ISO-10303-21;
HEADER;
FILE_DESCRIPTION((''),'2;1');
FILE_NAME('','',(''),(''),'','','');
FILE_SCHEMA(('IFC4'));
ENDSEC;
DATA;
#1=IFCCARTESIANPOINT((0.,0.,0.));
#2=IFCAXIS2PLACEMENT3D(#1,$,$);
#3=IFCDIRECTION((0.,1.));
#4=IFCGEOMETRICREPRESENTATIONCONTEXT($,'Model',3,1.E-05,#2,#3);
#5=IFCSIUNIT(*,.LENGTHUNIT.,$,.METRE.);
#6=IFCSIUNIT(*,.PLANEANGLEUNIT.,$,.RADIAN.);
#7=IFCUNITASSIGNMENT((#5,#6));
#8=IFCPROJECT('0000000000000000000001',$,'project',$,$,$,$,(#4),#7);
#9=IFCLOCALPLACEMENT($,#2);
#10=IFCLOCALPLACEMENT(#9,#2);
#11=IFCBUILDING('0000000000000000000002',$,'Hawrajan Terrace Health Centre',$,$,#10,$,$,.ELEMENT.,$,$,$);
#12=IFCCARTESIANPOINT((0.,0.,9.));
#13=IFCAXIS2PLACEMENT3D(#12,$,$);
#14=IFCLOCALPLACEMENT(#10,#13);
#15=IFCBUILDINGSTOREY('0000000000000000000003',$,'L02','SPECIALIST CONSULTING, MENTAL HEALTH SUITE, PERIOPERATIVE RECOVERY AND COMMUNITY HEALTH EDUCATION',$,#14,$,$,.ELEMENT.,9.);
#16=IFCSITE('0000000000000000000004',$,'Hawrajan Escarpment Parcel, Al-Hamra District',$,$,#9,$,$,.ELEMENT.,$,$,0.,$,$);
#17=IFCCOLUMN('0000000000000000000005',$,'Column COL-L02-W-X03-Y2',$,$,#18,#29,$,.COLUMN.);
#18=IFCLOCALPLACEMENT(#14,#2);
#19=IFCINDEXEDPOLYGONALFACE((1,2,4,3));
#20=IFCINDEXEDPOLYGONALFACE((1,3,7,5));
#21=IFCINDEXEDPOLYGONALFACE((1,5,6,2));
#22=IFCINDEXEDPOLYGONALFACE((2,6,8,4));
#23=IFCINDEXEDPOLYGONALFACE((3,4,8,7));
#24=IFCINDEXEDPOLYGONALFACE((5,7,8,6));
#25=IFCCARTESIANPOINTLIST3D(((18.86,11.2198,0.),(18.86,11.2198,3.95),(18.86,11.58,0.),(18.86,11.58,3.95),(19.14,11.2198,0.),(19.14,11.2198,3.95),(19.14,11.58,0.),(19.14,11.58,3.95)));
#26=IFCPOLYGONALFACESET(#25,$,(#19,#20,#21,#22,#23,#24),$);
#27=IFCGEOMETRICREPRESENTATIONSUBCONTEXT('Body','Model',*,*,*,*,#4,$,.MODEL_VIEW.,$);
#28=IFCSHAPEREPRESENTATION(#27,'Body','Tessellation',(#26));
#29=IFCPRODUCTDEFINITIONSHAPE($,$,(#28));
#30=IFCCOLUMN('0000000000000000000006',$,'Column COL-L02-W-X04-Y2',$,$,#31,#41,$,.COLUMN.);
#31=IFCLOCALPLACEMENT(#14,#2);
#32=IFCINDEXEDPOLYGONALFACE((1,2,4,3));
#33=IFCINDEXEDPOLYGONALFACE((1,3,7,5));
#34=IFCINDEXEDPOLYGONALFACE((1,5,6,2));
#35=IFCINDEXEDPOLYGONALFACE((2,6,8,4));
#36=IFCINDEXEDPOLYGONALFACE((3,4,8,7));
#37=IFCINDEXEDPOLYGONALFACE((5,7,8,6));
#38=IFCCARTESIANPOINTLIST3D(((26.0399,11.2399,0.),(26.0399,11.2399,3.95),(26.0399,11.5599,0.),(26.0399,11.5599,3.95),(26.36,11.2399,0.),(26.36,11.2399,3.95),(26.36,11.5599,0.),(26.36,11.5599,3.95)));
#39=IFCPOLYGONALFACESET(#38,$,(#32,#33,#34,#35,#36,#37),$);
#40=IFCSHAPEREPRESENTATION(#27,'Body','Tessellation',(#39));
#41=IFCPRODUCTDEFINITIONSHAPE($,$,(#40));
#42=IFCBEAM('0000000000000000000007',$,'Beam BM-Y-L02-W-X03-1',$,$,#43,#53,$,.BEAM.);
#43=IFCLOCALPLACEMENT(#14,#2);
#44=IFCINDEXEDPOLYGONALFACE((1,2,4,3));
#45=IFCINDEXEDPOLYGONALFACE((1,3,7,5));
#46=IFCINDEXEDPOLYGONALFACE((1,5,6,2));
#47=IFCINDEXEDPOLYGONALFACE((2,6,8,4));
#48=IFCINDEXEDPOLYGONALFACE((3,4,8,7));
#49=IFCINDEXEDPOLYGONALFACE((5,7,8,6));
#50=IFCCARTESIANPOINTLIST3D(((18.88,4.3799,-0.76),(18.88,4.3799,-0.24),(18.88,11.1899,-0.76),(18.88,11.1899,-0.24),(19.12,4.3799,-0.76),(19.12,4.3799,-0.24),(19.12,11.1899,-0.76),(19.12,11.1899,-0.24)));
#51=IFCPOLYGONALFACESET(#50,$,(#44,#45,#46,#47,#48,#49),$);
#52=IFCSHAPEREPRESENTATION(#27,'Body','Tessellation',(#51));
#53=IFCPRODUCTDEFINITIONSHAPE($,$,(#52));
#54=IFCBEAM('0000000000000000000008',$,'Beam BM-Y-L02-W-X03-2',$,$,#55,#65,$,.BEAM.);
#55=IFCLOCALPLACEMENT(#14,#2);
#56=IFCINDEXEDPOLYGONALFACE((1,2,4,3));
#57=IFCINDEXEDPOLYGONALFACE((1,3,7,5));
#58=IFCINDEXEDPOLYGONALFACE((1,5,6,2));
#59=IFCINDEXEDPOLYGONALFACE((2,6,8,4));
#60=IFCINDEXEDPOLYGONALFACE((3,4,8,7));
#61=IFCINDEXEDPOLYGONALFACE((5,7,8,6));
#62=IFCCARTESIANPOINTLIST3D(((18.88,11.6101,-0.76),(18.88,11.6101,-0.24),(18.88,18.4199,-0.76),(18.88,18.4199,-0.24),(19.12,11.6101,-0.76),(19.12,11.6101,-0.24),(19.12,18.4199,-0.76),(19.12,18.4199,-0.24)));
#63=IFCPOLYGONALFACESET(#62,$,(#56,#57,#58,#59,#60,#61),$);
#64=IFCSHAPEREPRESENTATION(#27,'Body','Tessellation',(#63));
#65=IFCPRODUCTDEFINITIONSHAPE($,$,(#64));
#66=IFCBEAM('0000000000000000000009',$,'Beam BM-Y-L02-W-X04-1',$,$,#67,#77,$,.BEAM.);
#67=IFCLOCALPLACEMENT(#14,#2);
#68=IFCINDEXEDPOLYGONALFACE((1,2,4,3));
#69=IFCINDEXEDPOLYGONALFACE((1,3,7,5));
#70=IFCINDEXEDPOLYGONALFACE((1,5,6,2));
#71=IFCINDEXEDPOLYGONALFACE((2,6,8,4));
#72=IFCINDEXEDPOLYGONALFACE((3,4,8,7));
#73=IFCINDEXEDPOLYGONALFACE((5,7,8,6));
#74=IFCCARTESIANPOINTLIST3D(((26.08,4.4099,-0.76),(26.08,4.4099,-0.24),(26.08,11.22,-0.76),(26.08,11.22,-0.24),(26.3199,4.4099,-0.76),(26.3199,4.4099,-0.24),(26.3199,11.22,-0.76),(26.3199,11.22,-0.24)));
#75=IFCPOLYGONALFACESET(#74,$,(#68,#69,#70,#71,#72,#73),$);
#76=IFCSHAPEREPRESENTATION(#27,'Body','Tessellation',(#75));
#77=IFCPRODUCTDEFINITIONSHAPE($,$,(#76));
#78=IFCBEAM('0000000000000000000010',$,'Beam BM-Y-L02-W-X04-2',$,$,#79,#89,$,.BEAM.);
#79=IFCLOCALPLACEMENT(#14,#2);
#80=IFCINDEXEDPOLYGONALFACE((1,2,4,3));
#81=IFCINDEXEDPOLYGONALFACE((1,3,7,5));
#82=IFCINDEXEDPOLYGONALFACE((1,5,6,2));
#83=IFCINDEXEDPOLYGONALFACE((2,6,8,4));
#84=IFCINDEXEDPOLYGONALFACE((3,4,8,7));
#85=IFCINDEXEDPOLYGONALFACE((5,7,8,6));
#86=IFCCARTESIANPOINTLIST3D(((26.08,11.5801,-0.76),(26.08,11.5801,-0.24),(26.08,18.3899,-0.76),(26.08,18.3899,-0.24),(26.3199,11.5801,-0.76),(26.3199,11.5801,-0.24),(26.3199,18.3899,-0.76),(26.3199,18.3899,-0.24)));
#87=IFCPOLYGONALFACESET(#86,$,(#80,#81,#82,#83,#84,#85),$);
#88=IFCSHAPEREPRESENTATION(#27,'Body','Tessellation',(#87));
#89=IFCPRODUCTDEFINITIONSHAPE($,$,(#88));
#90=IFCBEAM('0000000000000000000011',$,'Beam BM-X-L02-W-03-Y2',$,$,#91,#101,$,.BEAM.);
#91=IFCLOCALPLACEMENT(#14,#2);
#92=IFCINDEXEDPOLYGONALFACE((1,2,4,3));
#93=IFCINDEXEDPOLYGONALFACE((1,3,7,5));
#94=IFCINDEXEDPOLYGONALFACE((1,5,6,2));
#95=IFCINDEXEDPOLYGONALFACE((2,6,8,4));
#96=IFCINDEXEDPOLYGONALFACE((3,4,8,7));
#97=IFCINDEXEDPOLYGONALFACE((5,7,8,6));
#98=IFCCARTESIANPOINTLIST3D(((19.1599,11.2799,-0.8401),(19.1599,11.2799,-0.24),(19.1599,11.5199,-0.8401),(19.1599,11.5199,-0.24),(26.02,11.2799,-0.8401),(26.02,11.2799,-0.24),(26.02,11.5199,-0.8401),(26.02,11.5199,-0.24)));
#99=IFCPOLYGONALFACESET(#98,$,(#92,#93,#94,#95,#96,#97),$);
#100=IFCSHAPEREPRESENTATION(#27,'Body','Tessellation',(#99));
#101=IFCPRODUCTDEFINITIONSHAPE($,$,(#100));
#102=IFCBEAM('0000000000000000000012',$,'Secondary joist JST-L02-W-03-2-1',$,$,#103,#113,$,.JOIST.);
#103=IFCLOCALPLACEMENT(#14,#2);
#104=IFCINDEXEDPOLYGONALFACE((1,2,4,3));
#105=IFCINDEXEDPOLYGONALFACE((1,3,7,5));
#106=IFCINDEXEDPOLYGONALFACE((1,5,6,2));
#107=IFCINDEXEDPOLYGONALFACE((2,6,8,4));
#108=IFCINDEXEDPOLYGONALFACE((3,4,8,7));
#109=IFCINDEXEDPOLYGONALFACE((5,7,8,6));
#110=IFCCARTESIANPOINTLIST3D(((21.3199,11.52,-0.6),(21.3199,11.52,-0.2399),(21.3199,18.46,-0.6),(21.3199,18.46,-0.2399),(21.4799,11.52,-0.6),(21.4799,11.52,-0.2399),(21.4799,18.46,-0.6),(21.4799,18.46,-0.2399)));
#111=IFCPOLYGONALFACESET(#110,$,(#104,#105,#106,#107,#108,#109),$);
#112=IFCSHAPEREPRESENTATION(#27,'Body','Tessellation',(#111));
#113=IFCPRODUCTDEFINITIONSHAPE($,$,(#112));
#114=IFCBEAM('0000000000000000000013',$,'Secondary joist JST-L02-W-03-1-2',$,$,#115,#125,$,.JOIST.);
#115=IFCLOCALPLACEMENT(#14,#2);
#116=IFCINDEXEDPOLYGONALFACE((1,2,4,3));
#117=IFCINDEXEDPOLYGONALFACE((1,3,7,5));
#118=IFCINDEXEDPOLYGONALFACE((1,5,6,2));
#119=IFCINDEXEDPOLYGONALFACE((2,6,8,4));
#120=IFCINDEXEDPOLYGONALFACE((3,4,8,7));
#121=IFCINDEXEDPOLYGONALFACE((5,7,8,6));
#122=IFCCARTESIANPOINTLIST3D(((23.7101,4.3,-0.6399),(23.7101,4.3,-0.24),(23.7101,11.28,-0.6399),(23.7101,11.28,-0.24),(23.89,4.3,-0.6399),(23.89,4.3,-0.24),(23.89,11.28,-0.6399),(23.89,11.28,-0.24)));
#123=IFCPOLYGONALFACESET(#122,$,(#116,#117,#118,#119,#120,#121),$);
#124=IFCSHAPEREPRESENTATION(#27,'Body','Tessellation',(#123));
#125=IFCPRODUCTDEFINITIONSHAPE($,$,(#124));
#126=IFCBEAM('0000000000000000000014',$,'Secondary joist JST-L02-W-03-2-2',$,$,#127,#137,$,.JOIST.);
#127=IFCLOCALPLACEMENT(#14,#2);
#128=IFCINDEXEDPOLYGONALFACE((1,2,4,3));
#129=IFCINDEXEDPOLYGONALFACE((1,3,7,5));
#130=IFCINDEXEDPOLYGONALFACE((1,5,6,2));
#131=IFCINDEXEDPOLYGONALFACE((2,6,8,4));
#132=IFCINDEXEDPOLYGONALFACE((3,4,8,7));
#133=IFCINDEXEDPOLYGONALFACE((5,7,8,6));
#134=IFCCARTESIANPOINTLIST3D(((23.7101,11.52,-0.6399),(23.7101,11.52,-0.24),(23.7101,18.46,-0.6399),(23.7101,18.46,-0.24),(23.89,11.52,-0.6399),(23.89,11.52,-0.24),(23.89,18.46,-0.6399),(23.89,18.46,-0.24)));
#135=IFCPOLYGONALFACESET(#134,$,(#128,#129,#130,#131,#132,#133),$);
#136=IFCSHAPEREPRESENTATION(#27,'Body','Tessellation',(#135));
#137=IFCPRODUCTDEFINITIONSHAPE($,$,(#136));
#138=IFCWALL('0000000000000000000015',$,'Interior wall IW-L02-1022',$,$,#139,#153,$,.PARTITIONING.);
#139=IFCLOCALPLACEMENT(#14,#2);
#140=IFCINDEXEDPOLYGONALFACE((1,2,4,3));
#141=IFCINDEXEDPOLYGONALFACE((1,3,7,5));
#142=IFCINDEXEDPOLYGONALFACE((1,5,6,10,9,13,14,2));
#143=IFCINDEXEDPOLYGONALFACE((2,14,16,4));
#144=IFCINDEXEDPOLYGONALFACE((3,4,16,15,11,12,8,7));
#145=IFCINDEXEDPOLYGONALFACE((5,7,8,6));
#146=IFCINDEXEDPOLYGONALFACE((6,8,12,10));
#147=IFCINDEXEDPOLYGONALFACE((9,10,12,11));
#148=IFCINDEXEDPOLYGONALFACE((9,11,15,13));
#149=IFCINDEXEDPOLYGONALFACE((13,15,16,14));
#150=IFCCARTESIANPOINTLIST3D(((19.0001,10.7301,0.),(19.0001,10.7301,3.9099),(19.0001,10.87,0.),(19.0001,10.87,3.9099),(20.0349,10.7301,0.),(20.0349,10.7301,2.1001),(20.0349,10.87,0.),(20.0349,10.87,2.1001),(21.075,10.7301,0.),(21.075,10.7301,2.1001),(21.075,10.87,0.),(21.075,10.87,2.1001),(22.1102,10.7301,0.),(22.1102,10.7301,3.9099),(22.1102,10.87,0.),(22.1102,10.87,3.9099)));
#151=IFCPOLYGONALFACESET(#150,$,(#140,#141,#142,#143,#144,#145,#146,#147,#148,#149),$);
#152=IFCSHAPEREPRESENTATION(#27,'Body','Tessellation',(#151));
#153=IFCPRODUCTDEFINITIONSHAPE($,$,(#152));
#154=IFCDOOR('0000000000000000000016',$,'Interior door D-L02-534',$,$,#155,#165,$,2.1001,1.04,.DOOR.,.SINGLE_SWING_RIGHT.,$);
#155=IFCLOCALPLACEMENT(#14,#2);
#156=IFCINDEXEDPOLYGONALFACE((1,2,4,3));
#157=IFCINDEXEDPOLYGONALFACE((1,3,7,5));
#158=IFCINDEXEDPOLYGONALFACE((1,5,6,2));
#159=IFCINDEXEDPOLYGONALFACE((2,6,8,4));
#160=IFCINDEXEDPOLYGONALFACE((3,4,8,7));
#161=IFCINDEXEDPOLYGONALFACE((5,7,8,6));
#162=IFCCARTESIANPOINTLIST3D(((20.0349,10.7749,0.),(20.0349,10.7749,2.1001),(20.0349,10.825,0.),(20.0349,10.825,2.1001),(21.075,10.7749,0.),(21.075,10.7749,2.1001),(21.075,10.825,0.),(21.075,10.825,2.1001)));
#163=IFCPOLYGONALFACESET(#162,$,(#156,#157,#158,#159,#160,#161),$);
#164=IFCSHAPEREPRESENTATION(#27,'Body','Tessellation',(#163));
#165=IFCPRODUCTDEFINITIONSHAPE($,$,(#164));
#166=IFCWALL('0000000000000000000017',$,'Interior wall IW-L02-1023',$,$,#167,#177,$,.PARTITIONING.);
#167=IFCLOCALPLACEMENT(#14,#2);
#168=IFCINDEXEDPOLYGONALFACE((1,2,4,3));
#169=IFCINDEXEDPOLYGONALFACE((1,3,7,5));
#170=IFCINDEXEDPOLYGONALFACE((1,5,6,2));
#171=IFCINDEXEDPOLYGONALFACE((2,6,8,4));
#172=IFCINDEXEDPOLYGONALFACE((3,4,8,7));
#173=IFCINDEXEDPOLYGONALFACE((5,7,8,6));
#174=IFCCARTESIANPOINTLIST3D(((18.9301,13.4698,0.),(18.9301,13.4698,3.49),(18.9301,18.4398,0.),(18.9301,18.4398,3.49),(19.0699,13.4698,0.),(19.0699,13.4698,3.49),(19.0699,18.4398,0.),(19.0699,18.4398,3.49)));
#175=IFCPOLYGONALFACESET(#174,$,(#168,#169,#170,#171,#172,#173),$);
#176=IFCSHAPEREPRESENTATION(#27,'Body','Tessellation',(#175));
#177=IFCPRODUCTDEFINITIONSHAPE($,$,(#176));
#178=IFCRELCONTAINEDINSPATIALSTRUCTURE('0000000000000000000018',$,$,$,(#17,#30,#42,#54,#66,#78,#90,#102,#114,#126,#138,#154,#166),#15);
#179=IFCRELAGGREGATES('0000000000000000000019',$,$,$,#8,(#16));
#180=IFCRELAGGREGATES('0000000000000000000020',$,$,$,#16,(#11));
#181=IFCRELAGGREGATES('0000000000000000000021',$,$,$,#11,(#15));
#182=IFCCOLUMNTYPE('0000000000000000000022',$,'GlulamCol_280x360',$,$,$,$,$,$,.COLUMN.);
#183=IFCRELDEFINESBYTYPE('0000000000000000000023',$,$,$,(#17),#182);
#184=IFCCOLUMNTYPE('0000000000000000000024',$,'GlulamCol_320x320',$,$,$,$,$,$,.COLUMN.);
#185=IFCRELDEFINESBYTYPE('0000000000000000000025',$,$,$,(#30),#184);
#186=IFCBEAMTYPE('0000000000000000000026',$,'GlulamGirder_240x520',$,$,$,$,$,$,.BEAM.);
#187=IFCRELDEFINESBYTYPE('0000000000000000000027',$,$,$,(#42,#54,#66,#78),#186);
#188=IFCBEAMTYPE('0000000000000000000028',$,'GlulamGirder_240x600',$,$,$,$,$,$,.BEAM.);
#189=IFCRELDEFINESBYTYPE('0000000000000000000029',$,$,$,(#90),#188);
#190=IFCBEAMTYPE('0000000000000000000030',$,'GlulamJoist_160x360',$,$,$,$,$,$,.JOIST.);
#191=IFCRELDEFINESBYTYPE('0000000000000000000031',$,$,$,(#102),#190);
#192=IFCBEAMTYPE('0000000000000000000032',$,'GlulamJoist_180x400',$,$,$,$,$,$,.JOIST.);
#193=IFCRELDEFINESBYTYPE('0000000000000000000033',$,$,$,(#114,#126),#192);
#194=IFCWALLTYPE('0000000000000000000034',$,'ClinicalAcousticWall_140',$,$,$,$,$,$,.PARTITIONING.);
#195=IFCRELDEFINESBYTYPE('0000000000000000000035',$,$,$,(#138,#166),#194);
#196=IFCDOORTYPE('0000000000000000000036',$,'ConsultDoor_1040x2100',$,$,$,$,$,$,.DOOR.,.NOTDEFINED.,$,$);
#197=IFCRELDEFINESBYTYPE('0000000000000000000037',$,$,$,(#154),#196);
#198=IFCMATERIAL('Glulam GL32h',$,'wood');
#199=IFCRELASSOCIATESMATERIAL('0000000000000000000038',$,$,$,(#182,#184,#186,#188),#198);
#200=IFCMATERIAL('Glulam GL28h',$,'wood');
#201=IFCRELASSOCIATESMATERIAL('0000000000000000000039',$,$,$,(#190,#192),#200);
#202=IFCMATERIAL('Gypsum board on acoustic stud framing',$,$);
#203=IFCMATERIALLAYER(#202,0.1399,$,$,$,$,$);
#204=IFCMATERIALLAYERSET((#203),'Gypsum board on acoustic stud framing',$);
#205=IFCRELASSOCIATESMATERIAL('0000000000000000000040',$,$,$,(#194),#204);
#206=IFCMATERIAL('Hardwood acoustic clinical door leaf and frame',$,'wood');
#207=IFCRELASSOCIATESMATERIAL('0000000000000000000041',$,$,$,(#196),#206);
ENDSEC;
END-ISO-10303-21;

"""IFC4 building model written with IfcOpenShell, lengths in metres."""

from ifc_helpers import new_model, si_unit, direction, frame, frame_2d, origin, origin_2d, place, context, subcontext, project, spatial, rectangle, extrude, material, layer, layer_set, material_profile, profile_set, type_object, element, fill, save


model = new_model("IFC4")

# Units and contexts
model_context = context("Model", 3, precision=1e-05, world=origin(), true_north=direction((0.0, 1.0)))
body_context = subcontext(model_context, "Body", "Model", "MODEL_VIEW")
ifc_project = project(units=[si_unit("LENGTHUNIT", "METRE"), si_unit("PLANEANGLEUNIT", "RADIAN")], contexts=[model_context])

# Site, building, storey
site_placement = place(None, origin())
site = spatial("IfcSite", under=ifc_project, at=site_placement, Name="Hawrajan Escarpment Parcel, Al-Hamra District", CompositionType="ELEMENT", RefElevation=0.0)
building_placement = place(site_placement, origin())
building = spatial("IfcBuilding", under=site, at=building_placement, Name="Hawrajan Terrace Health Centre", CompositionType="ELEMENT")
storey_placement = place(building_placement, frame((0.0, 0.0, 9.0)))
storey = spatial("IfcBuildingStorey", under=building, at=storey_placement, Name="L02", Description="SPECIALIST CONSULTING, MENTAL HEALTH SUITE, PERIOPERATIVE RECOVERY AND COMMUNITY HEALTH EDUCATION", CompositionType="ELEMENT", Elevation=9.0)

# Columns
ifc_material_1 = material(Name="Glulam GL32h", Category="wood")
ifc_material_profile_1 = material_profile(ifc_material_1, rectangle(XDim=0.28, YDim=0.3601, at=origin_2d()), Name="GL 280x360")
ifc_profile_set_1 = profile_set([ifc_material_profile_1], Name="Glulam GL32h")
column_type_1 = type_object("IfcColumnType", Name="GlulamCol_280x360", PredefinedType="COLUMN", material=ifc_profile_set_1)
column_1_placement = place(storey_placement, frame((19.0, 11.3999, 0.0), z_axis=(0.0, 0.0, 1.0), x_axis=(1.0, 0.0, 0.0)))
element("IfcColumn", 1, at=column_1_placement, inside=storey, type_object=column_type_1, Name="Column COL-L02-W-X03-Y2", PredefinedType="COLUMN", context=body_context, shape_type="SweptSolid", body=[
    extrude(rectangle(XDim=0.28, YDim=0.3601, at=origin_2d()), origin(), (0.0, 0.0, 1.0), 3.95),
])
ifc_material_profile_2 = material_profile(ifc_material_1, rectangle(XDim=0.3201, YDim=0.3201, at=origin_2d()), Name="GL 320x320")
ifc_profile_set_2 = profile_set([ifc_material_profile_2], Name="Glulam GL32h")
column_type_2 = type_object("IfcColumnType", Name="GlulamCol_320x320", PredefinedType="COLUMN", material=ifc_profile_set_2)
column_2_placement = place(storey_placement, frame((26.2, 11.3999, 0.0), z_axis=(0.0, 0.0, 1.0), x_axis=(1.0, 0.0, 0.0)))
element("IfcColumn", 2, at=column_2_placement, inside=storey, type_object=column_type_2, Name="Column COL-L02-W-X04-Y2", PredefinedType="COLUMN", context=body_context, shape_type="SweptSolid", body=[
    extrude(rectangle(XDim=0.3201, YDim=0.3201, at=origin_2d()), origin(), (0.0, 0.0, 1.0), 3.95),
])

# Beams
ifc_material_profile_3 = material_profile(ifc_material_1, rectangle(XDim=0.24, YDim=0.52, at=origin_2d()), Name="GL BM 240x520")
ifc_profile_set_3 = profile_set([ifc_material_profile_3], Name="Glulam GL32h")
beam_type_1 = type_object("IfcBeamType", Name="GlulamGirder_240x520", PredefinedType="BEAM", material=ifc_profile_set_3)
beam_1_placement = place(storey_placement, frame((19.0, 4.3799, -0.5), z_axis=(0.0, 1.0, 0.0), x_axis=(-1.0, 0.0, 0.0)))
element("IfcBeam", 3, at=beam_1_placement, inside=storey, type_object=beam_type_1, Name="Beam BM-Y-L02-W-X03-1", PredefinedType="BEAM", context=body_context, shape_type="SweptSolid", body=[
    extrude(rectangle(XDim=0.24, YDim=0.52, at=origin_2d()), origin(), (0.0, 0.0, 1.0), 6.8101),
])
beam_2_placement = place(storey_placement, frame((19.0, 11.6101, -0.5), z_axis=(0.0, 1.0, 0.0), x_axis=(-1.0, 0.0, 0.0)))
element("IfcBeam", 4, at=beam_2_placement, inside=storey, type_object=beam_type_1, Name="Beam BM-Y-L02-W-X03-2", PredefinedType="BEAM", context=body_context, shape_type="SweptSolid", body=[
    extrude(rectangle(XDim=0.24, YDim=0.52, at=origin_2d()), origin(), (0.0, 0.0, 1.0), 6.8098),
])
beam_3_placement = place(storey_placement, frame((26.2, 4.4099, -0.5), z_axis=(0.0, 1.0, 0.0), x_axis=(-1.0, 0.0, 0.0)))
element("IfcBeam", 5, at=beam_3_placement, inside=storey, type_object=beam_type_1, Name="Beam BM-Y-L02-W-X04-1", PredefinedType="BEAM", context=body_context, shape_type="SweptSolid", body=[
    extrude(rectangle(XDim=0.24, YDim=0.52, at=origin_2d()), origin(), (0.0, 0.0, 1.0), 6.8101),
])
beam_4_placement = place(storey_placement, frame((26.2, 11.5801, -0.5), z_axis=(0.0, 1.0, 0.0), x_axis=(-1.0, 0.0, 0.0)))
element("IfcBeam", 6, at=beam_4_placement, inside=storey, type_object=beam_type_1, Name="Beam BM-Y-L02-W-X04-2", PredefinedType="BEAM", context=body_context, shape_type="SweptSolid", body=[
    extrude(rectangle(XDim=0.24, YDim=0.52, at=origin_2d()), origin(), (0.0, 0.0, 1.0), 6.8098),
])
ifc_material_profile_4 = material_profile(ifc_material_1, rectangle(XDim=0.24, YDim=0.6001, at=origin_2d()), Name="GL BM 240x600")
ifc_profile_set_4 = profile_set([ifc_material_profile_4], Name="Glulam GL32h")
beam_type_2 = type_object("IfcBeamType", Name="GlulamGirder_240x600", PredefinedType="BEAM", material=ifc_profile_set_4)
beam_5_placement = place(storey_placement, frame((19.1599, 11.3999, -0.54), z_axis=(1.0, 0.0, 0.0), x_axis=(0.0, 1.0, 0.0)))
element("IfcBeam", 7, at=beam_5_placement, inside=storey, type_object=beam_type_2, Name="Beam BM-X-L02-W-03-Y2", PredefinedType="BEAM", context=body_context, shape_type="SweptSolid", body=[
    extrude(rectangle(XDim=0.24, YDim=0.6001, at=origin_2d()), origin(), (0.0, 0.0, 1.0), 6.8601),
])
ifc_material_2 = material(Name="Glulam GL28h", Category="wood")
ifc_material_profile_5 = material_profile(ifc_material_2, rectangle(XDim=0.1599, YDim=0.3601, at=origin_2d()), Name="GL JST 160x360")
ifc_profile_set_5 = profile_set([ifc_material_profile_5], Name="Glulam GL28h")
beam_type_3 = type_object("IfcBeamType", Name="GlulamJoist_160x360", PredefinedType="JOIST", material=ifc_profile_set_5)
beam_6_placement = place(storey_placement, frame((21.3999, 11.52, -0.4199), z_axis=(0.0, 1.0, 0.0), x_axis=(-1.0, 0.0, 0.0)))
element("IfcBeam", 8, at=beam_6_placement, inside=storey, type_object=beam_type_3, Name="Secondary joist JST-L02-W-03-2-1", PredefinedType="JOIST", context=body_context, shape_type="SweptSolid", body=[
    extrude(rectangle(XDim=0.1599, YDim=0.3601, at=origin_2d()), origin(), (0.0, 0.0, 1.0), 6.9399),
])
ifc_material_profile_6 = material_profile(ifc_material_2, rectangle(XDim=0.1799, YDim=0.3999, at=origin_2d()), Name="GL JST 180x400")
ifc_profile_set_6 = profile_set([ifc_material_profile_6], Name="Glulam GL28h")
beam_type_4 = type_object("IfcBeamType", Name="GlulamJoist_180x400", PredefinedType="JOIST", material=ifc_profile_set_6)
beam_7_placement = place(storey_placement, frame((23.8, 4.3, -0.4399), z_axis=(0.0, 1.0, 0.0), x_axis=(-1.0, 0.0, 0.0)))
element("IfcBeam", 9, at=beam_7_placement, inside=storey, type_object=beam_type_4, Name="Secondary joist JST-L02-W-03-1-2", PredefinedType="JOIST", context=body_context, shape_type="SweptSolid", body=[
    extrude(rectangle(XDim=0.1799, YDim=0.3999, at=origin_2d()), origin(), (0.0, 0.0, 1.0), 6.98),
])
beam_8_placement = place(storey_placement, frame((23.8, 11.52, -0.4399), z_axis=(0.0, 1.0, 0.0), x_axis=(-1.0, 0.0, 0.0)))
element("IfcBeam", 10, at=beam_8_placement, inside=storey, type_object=beam_type_4, Name="Secondary joist JST-L02-W-03-2-2", PredefinedType="JOIST", context=body_context, shape_type="SweptSolid", body=[
    extrude(rectangle(XDim=0.1799, YDim=0.3999, at=origin_2d()), origin(), (0.0, 0.0, 1.0), 6.9399),
])

# Wall, opening, door
ifc_material_3 = material(Name="Gypsum board on acoustic stud framing")
ifc_layer_1 = layer(ifc_material_3, 0.1399)
ifc_layer_set_1 = layer_set([ifc_layer_1], Name="Gypsum board on acoustic stud framing")
wall_type_1 = type_object("IfcWallType", Name="ClinicalAcousticWall_140", PredefinedType="PARTITIONING", material=ifc_layer_set_1)
wall_1_placement = place(storey_placement, frame((19.0, 10.8, 0.0), z_axis=(0.0, 0.0, 1.0), x_axis=(1.0, 0.0, 0.0)))
wall_1 = element("IfcWall", 11, at=wall_1_placement, inside=storey, type_object=wall_type_1, Name="Interior wall IW-L02-1022", PredefinedType="PARTITIONING", context=body_context, shape_type="SweptSolid", body=[
    extrude(rectangle(XDim=3.1101, YDim=0.1399, at=frame_2d((1.5552, 0.0))), origin(), (0.0, 0.0, 1.0), 3.9099),
])
opening_1_placement = place(wall_1_placement, frame((1.0349, 0.0, 0.0)))
opening_1 = element("IfcOpeningElement", 12, at=opening_1_placement, cuts=wall_1, PredefinedType="OPENING", context=body_context, shape_type="SweptSolid", body=[
    extrude(rectangle(XDim=1.04, YDim=2.1001, at=frame_2d((0.52, 1.05))), frame((0.0, 0.0798, 0.0), z_axis=(0.0, -1.0, 0.0), x_axis=(1.0, 0.0, 0.0)), (0.0, 0.0, 1.0), 0.1599),
])
ifc_material_4 = material(Name="Hardwood acoustic clinical door leaf and frame", Category="wood")
door_type_1 = type_object("IfcDoorType", Name="ConsultDoor_1040x2100", OperationType="NOTDEFINED", PredefinedType="DOOR", material=ifc_material_4)
door_1_placement = place(opening_1_placement, origin())
door_1 = element("IfcDoor", 13, at=door_1_placement, inside=storey, type_object=door_type_1, Name="Interior door D-L02-534", OperationType="SINGLE_SWING_RIGHT", OverallHeight=2.1001, OverallWidth=1.04, PredefinedType="DOOR", context=body_context, shape_type="SweptSolid", body=[
    extrude(rectangle(XDim=1.04, YDim=2.1001, at=frame_2d((0.52, 1.05))), frame((0.0, 0.0249, 0.0), z_axis=(0.0, -1.0, 0.0), x_axis=(1.0, 0.0, 0.0)), (0.0, 0.0, 1.0), 0.05),
])
fill(opening_1, door_1)

# Wall
wall_2_placement = place(storey_placement, frame((19.0, 13.47, 0.0), z_axis=(0.0, 0.0, 1.0), x_axis=(0.0, 1.0, 0.0)))
element("IfcWall", 14, at=wall_2_placement, inside=storey, type_object=wall_type_1, Name="Interior wall IW-L02-1023", PredefinedType="PARTITIONING", context=body_context, shape_type="SweptSolid", body=[
    extrude(rectangle(XDim=4.97, YDim=0.1399, at=frame_2d((2.4849, 0.0))), origin(), (0.0, 0.0, 1.0), 3.49),
])

save(model, "model.ifc")
